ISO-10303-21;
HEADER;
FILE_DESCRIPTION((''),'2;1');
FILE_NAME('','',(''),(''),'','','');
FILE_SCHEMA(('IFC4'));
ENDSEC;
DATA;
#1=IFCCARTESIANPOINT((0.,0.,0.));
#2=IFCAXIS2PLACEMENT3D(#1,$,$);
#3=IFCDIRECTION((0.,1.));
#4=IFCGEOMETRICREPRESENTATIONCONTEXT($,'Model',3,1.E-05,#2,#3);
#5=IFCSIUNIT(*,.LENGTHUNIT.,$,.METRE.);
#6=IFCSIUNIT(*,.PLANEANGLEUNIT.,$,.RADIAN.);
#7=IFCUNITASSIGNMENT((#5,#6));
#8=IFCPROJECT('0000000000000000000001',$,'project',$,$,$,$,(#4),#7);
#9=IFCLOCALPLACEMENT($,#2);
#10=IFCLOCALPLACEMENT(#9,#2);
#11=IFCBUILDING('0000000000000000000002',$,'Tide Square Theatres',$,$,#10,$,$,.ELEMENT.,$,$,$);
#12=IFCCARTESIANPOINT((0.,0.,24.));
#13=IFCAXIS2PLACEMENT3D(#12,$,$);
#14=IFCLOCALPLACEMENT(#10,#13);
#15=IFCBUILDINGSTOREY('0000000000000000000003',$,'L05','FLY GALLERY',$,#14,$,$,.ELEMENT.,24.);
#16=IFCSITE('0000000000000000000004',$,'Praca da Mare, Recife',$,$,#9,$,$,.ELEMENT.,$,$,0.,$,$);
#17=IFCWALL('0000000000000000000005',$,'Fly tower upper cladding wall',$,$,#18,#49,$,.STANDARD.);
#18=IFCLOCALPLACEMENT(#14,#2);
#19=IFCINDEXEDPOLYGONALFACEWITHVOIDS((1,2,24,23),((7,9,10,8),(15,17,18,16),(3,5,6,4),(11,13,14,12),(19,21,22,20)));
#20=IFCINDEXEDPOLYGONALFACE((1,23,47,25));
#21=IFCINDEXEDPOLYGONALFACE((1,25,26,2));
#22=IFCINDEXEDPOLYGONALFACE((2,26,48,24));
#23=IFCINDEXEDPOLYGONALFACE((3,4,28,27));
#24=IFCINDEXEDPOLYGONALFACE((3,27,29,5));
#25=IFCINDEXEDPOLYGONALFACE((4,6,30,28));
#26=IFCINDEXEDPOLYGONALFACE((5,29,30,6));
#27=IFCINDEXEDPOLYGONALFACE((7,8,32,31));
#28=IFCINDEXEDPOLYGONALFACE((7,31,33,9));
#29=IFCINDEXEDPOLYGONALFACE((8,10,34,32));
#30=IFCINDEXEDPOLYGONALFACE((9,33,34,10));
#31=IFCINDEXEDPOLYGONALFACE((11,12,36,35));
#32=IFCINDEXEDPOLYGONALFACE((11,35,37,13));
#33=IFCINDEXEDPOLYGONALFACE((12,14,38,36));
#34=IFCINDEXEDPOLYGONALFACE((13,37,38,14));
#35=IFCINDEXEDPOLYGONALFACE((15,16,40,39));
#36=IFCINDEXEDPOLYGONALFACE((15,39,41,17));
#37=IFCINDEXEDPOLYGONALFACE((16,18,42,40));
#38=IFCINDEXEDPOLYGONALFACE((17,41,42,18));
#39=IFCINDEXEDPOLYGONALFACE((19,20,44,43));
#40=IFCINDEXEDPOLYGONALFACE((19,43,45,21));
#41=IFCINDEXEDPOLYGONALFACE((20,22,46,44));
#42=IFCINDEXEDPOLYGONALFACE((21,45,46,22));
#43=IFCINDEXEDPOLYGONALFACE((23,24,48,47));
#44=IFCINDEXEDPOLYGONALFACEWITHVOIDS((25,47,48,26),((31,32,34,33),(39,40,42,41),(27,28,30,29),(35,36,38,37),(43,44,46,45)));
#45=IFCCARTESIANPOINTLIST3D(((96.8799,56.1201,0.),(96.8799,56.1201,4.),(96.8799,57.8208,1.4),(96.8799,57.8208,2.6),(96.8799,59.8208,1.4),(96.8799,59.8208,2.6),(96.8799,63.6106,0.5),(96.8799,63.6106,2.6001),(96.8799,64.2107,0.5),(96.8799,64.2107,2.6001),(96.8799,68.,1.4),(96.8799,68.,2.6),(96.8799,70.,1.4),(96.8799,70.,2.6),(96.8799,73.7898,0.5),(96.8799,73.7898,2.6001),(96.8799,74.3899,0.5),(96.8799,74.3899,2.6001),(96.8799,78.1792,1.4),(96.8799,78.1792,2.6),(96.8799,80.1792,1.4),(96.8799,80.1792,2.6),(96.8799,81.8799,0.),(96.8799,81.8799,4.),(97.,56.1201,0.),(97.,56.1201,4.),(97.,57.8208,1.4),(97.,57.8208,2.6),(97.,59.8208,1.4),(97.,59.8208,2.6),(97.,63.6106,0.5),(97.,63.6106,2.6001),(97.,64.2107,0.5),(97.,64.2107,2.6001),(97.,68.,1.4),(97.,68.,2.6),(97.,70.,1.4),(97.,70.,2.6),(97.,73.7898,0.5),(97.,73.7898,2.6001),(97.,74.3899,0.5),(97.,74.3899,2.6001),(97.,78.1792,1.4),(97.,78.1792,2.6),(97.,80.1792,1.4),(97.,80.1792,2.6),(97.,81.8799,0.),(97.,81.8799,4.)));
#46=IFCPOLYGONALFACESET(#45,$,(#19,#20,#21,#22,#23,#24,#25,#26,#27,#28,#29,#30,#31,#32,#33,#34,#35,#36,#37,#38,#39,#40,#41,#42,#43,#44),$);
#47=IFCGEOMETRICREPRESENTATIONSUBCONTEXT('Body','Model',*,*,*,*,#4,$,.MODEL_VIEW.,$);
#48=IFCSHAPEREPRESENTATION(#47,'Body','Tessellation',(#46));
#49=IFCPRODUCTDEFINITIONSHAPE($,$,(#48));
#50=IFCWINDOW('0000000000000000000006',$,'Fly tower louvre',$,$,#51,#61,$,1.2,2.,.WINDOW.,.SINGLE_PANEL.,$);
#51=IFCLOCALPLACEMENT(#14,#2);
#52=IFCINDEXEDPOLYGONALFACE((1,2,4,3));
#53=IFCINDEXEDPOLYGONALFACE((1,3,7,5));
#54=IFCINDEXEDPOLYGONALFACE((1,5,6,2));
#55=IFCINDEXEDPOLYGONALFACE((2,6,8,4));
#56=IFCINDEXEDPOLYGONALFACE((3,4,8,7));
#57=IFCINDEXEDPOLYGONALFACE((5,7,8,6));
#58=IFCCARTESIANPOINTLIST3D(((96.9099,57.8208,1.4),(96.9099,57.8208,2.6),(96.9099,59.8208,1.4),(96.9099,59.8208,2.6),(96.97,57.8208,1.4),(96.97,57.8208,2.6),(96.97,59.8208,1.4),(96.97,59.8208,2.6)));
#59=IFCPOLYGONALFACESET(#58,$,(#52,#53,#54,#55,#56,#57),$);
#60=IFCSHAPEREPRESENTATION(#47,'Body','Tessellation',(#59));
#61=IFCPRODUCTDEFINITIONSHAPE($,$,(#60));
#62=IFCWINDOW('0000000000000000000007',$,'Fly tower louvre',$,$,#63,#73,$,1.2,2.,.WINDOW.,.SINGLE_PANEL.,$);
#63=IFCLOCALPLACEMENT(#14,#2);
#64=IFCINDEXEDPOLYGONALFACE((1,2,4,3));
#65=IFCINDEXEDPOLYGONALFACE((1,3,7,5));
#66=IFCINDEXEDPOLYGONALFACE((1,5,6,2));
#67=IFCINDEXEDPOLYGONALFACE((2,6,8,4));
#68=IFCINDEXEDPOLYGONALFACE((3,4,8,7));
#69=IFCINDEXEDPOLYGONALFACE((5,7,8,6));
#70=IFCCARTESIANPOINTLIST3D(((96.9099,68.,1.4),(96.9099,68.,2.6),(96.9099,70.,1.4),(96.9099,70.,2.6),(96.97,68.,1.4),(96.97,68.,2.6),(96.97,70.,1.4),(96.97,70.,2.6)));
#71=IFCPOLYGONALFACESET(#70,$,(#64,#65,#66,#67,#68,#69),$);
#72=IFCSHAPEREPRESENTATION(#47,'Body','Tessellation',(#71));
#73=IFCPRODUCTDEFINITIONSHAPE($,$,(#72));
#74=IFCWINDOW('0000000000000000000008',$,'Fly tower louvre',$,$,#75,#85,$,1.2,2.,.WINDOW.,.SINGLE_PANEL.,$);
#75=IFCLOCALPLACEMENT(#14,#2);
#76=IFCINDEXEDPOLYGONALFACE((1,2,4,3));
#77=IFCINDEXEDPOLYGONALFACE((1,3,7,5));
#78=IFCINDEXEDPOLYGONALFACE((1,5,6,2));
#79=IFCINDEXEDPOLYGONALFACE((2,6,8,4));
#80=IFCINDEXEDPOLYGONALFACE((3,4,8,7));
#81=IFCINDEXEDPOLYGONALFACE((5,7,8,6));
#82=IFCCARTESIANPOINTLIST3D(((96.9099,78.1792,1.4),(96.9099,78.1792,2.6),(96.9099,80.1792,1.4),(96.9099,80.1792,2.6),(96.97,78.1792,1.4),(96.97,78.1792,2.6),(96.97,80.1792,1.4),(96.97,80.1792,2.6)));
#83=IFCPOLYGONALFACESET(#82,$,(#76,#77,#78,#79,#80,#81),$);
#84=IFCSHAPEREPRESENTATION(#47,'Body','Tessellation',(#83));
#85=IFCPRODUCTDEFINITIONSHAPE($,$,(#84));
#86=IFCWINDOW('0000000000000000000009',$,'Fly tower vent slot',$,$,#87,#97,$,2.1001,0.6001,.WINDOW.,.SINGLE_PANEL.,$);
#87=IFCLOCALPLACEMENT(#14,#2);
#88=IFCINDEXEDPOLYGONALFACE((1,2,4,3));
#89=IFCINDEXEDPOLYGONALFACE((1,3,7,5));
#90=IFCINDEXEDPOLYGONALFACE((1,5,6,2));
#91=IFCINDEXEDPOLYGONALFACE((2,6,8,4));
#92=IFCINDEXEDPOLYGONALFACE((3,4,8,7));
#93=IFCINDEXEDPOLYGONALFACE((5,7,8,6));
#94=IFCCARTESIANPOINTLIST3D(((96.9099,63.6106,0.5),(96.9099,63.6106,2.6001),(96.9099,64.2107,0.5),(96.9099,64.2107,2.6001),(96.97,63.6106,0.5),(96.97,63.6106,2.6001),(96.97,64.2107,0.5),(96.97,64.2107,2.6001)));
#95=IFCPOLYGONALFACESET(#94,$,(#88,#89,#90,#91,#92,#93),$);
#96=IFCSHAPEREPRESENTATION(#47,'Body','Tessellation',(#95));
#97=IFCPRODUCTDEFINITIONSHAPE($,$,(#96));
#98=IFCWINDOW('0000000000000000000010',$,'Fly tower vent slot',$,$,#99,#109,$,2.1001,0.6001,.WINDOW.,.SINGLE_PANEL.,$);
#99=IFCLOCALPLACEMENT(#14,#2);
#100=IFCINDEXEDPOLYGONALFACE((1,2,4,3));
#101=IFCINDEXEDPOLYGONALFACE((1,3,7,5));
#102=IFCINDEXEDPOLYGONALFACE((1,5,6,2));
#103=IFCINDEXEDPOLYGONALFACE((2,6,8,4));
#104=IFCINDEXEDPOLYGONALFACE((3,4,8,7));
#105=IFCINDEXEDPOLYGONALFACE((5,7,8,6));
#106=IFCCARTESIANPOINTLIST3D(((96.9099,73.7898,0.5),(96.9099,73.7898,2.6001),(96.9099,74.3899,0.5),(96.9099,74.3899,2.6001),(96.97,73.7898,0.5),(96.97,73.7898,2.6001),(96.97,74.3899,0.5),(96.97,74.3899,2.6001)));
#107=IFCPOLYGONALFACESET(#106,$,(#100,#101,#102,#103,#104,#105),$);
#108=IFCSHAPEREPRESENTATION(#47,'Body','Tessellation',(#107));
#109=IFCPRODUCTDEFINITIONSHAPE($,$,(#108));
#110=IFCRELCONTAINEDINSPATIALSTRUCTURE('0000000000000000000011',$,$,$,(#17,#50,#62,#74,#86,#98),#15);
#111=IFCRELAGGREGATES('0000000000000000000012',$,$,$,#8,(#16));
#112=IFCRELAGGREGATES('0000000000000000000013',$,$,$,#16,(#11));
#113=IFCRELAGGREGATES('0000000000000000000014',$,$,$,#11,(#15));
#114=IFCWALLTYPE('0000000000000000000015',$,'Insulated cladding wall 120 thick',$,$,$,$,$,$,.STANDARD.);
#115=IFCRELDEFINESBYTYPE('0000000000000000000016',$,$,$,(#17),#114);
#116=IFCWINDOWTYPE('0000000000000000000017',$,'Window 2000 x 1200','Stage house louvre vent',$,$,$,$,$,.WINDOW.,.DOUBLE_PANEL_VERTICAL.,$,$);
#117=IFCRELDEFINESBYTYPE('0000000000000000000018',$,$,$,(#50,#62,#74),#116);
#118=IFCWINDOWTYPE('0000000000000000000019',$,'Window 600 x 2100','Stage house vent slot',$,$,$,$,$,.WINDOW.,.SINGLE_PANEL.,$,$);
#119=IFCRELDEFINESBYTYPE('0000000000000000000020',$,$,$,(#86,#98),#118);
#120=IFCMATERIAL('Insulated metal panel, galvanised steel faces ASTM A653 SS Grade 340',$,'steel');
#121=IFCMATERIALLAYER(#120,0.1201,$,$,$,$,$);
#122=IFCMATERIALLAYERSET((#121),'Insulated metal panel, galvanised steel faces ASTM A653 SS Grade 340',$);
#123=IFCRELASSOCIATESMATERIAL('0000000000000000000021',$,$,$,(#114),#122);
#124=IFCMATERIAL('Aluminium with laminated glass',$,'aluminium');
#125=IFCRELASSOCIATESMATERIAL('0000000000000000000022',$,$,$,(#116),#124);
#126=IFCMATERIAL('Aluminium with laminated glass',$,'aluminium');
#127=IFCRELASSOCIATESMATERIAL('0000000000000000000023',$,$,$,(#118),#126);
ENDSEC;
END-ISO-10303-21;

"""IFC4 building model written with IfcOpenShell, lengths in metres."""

from ifc_helpers import new_model, si_unit, direction, frame, frame_2d, origin, place, context, subcontext, project, spatial, rectangle, extrude, material, layer, layer_set, type_object, element, fill, save


model = new_model("IFC4")

# Units and contexts
model_context = context("Model", 3, precision=1e-05, world=origin(), true_north=direction((0.0, 1.0)))
body_context = subcontext(model_context, "Body", "Model", "MODEL_VIEW")
ifc_project = project(units=[si_unit("LENGTHUNIT", "METRE"), si_unit("PLANEANGLEUNIT", "RADIAN")], contexts=[model_context])

# Site, building, storey
site_placement = place(None, origin())
site = spatial("IfcSite", under=ifc_project, at=site_placement, Name="Praca da Mare, Recife", CompositionType="ELEMENT", RefElevation=0.0)
building_placement = place(site_placement, origin())
building = spatial("IfcBuilding", under=site, at=building_placement, Name="Tide Square Theatres", CompositionType="ELEMENT")
storey_placement = place(building_placement, frame((0.0, 0.0, 24.0)))
storey = spatial("IfcBuildingStorey", under=building, at=storey_placement, Name="L05", Description="FLY GALLERY", CompositionType="ELEMENT", Elevation=24.0)

# Wall, openings, windows
ifc_material_1 = material(Name="Insulated metal panel, galvanised steel faces ASTM A653 SS Grade 340", Category="steel")
ifc_layer_1 = layer(ifc_material_1, 0.1201)
ifc_layer_set_1 = layer_set([ifc_layer_1], Name="Insulated metal panel, galvanised steel faces ASTM A653 SS Grade 340")
wall_type_1 = type_object("IfcWallType", Name="Insulated cladding wall 120 thick", PredefinedType="STANDARD", material=ifc_layer_set_1)
wall_1_placement = place(storey_placement, frame((96.9399, 56.1201, 0.0), z_axis=(0.0, 0.0, 1.0), x_axis=(0.0, 1.0, 0.0)))
wall_1 = element("IfcWall", 1, at=wall_1_placement, inside=storey, type_object=wall_type_1, Name="Fly tower upper cladding wall", PredefinedType="STANDARD", context=body_context, shape_type="SweptSolid", body=[
    extrude(rectangle(XDim=25.7598, YDim=0.1201, at=frame_2d((12.8799, 0.0))), origin(), (0.0, 0.0, 1.0), 4.0),
])
opening_1_placement = place(wall_1_placement, frame((1.7007, 0.0, 1.3999)))
opening_1 = element("IfcOpeningElement", 2, at=opening_1_placement, cuts=wall_1, PredefinedType="OPENING", context=body_context, shape_type="SweptSolid", body=[
    extrude(rectangle(XDim=2.0, YDim=1.2, at=frame_2d((1.0, 0.6001))), frame((0.0, 0.0701, 0.0), z_axis=(0.0, -1.0, 0.0), x_axis=(1.0, 0.0, 0.0)), (0.0, 0.0, 1.0), 0.1401),
])
opening_2_placement = place(wall_1_placement, frame((11.8799, 0.0, 1.3999)))
opening_2 = element("IfcOpeningElement", 3, at=opening_2_placement, cuts=wall_1, PredefinedType="OPENING", context=body_context, shape_type="SweptSolid", body=[
    extrude(rectangle(XDim=2.0, YDim=1.2, at=frame_2d((1.0, 0.6001))), frame((0.0, 0.0701, 0.0), z_axis=(0.0, -1.0, 0.0), x_axis=(1.0, 0.0, 0.0)), (0.0, 0.0, 1.0), 0.1401),
])
opening_3_placement = place(wall_1_placement, frame((22.0591, 0.0, 1.3999)))
opening_3 = element("IfcOpeningElement", 4, at=opening_3_placement, cuts=wall_1, PredefinedType="OPENING", context=body_context, shape_type="SweptSolid", body=[
    extrude(rectangle(XDim=2.0, YDim=1.2, at=frame_2d((1.0, 0.6001))), frame((0.0, 0.0701, 0.0), z_axis=(0.0, -1.0, 0.0), x_axis=(1.0, 0.0, 0.0)), (0.0, 0.0, 1.0), 0.1401),
])
opening_4_placement = place(wall_1_placement, frame((7.4905, 0.0, 0.5)))
opening_4 = element("IfcOpeningElement", 5, at=opening_4_placement, cuts=wall_1, PredefinedType="OPENING", context=body_context, shape_type="SweptSolid", body=[
    extrude(rectangle(XDim=0.6001, YDim=2.1001, at=frame_2d((0.3, 1.05))), frame((0.0, 0.0701, 0.0), z_axis=(0.0, -1.0, 0.0), x_axis=(1.0, 0.0, 0.0)), (0.0, 0.0, 1.0), 0.1401),
])
opening_5_placement = place(wall_1_placement, frame((17.6697, 0.0, 0.5)))
opening_5 = element("IfcOpeningElement", 6, at=opening_5_placement, cuts=wall_1, PredefinedType="OPENING", context=body_context, shape_type="SweptSolid", body=[
    extrude(rectangle(XDim=0.6001, YDim=2.1001, at=frame_2d((0.3, 1.05))), frame((0.0, 0.0701, 0.0), z_axis=(0.0, -1.0, 0.0), x_axis=(1.0, 0.0, 0.0)), (0.0, 0.0, 1.0), 0.1401),
])
ifc_material_2 = material(Name="Aluminium with laminated glass", Category="aluminium")
window_type_1 = type_object("IfcWindowType", Name="Window 2000 x 1200", Description="Stage house louvre vent", PartitioningType="DOUBLE_PANEL_VERTICAL", PredefinedType="WINDOW", material=ifc_material_2)
window_1_placement = place(opening_1_placement, origin())
window_1 = element("IfcWindow", 7, at=window_1_placement, inside=storey, type_object=window_type_1, Name="Fly tower louvre", OverallHeight=1.2, OverallWidth=2.0, PartitioningType="SINGLE_PANEL", PredefinedType="WINDOW", context=body_context, shape_type="SweptSolid", body=[
    extrude(rectangle(XDim=2.0, YDim=1.2, at=frame_2d((1.0, 0.6001))), frame((0.0, 0.03, 0.0), z_axis=(0.0, -1.0, 0.0), x_axis=(1.0, 0.0, 0.0)), (0.0, 0.0, 1.0), 0.0601),
])
fill(opening_1, window_1)
window_2_placement = place(opening_2_placement, origin())
window_2 = element("IfcWindow", 8, at=window_2_placement, inside=storey, type_object=window_type_1, Name="Fly tower louvre", OverallHeight=1.2, OverallWidth=2.0, PartitioningType="SINGLE_PANEL", PredefinedType="WINDOW", context=body_context, shape_type="SweptSolid", body=[
    extrude(rectangle(XDim=2.0, YDim=1.2, at=frame_2d((1.0, 0.6001))), frame((0.0, 0.03, 0.0), z_axis=(0.0, -1.0, 0.0), x_axis=(1.0, 0.0, 0.0)), (0.0, 0.0, 1.0), 0.0601),
])
fill(opening_2, window_2)
window_3_placement = place(opening_3_placement, origin())
window_3 = element("IfcWindow", 9, at=window_3_placement, inside=storey, type_object=window_type_1, Name="Fly tower louvre", OverallHeight=1.2, OverallWidth=2.0, PartitioningType="SINGLE_PANEL", PredefinedType="WINDOW", context=body_context, shape_type="SweptSolid", body=[
    extrude(rectangle(XDim=2.0, YDim=1.2, at=frame_2d((1.0, 0.6001))), frame((0.0, 0.03, 0.0), z_axis=(0.0, -1.0, 0.0), x_axis=(1.0, 0.0, 0.0)), (0.0, 0.0, 1.0), 0.0601),
])
fill(opening_3, window_3)
ifc_material_3 = material(Name="Aluminium with laminated glass", Category="aluminium")
window_type_2 = type_object("IfcWindowType", Name="Window 600 x 2100", Description="Stage house vent slot", PartitioningType="SINGLE_PANEL", PredefinedType="WINDOW", material=ifc_material_3)
window_4_placement = place(opening_4_placement, origin())
window_4 = element("IfcWindow", 10, at=window_4_placement, inside=storey, type_object=window_type_2, Name="Fly tower vent slot", OverallHeight=2.1001, OverallWidth=0.6001, PartitioningType="SINGLE_PANEL", PredefinedType="WINDOW", context=body_context, shape_type="SweptSolid", body=[
    extrude(rectangle(XDim=0.6001, YDim=2.1001, at=frame_2d((0.3, 1.05))), frame((0.0, 0.03, 0.0), z_axis=(0.0, -1.0, 0.0), x_axis=(1.0, 0.0, 0.0)), (0.0, 0.0, 1.0), 0.0601),
])
fill(opening_4, window_4)
window_5_placement = place(opening_5_placement, origin())
window_5 = element("IfcWindow", 11, at=window_5_placement, inside=storey, type_object=window_type_2, Name="Fly tower vent slot", OverallHeight=2.1001, OverallWidth=0.6001, PartitioningType="SINGLE_PANEL", PredefinedType="WINDOW", context=body_context, shape_type="SweptSolid", body=[
    extrude(rectangle(XDim=0.6001, YDim=2.1001, at=frame_2d((0.3, 1.05))), frame((0.0, 0.03, 0.0), z_axis=(0.0, -1.0, 0.0), x_axis=(1.0, 0.0, 0.0)), (0.0, 0.0, 1.0), 0.0601),
])
fill(opening_5, window_5)

save(model, "model.ifc")
